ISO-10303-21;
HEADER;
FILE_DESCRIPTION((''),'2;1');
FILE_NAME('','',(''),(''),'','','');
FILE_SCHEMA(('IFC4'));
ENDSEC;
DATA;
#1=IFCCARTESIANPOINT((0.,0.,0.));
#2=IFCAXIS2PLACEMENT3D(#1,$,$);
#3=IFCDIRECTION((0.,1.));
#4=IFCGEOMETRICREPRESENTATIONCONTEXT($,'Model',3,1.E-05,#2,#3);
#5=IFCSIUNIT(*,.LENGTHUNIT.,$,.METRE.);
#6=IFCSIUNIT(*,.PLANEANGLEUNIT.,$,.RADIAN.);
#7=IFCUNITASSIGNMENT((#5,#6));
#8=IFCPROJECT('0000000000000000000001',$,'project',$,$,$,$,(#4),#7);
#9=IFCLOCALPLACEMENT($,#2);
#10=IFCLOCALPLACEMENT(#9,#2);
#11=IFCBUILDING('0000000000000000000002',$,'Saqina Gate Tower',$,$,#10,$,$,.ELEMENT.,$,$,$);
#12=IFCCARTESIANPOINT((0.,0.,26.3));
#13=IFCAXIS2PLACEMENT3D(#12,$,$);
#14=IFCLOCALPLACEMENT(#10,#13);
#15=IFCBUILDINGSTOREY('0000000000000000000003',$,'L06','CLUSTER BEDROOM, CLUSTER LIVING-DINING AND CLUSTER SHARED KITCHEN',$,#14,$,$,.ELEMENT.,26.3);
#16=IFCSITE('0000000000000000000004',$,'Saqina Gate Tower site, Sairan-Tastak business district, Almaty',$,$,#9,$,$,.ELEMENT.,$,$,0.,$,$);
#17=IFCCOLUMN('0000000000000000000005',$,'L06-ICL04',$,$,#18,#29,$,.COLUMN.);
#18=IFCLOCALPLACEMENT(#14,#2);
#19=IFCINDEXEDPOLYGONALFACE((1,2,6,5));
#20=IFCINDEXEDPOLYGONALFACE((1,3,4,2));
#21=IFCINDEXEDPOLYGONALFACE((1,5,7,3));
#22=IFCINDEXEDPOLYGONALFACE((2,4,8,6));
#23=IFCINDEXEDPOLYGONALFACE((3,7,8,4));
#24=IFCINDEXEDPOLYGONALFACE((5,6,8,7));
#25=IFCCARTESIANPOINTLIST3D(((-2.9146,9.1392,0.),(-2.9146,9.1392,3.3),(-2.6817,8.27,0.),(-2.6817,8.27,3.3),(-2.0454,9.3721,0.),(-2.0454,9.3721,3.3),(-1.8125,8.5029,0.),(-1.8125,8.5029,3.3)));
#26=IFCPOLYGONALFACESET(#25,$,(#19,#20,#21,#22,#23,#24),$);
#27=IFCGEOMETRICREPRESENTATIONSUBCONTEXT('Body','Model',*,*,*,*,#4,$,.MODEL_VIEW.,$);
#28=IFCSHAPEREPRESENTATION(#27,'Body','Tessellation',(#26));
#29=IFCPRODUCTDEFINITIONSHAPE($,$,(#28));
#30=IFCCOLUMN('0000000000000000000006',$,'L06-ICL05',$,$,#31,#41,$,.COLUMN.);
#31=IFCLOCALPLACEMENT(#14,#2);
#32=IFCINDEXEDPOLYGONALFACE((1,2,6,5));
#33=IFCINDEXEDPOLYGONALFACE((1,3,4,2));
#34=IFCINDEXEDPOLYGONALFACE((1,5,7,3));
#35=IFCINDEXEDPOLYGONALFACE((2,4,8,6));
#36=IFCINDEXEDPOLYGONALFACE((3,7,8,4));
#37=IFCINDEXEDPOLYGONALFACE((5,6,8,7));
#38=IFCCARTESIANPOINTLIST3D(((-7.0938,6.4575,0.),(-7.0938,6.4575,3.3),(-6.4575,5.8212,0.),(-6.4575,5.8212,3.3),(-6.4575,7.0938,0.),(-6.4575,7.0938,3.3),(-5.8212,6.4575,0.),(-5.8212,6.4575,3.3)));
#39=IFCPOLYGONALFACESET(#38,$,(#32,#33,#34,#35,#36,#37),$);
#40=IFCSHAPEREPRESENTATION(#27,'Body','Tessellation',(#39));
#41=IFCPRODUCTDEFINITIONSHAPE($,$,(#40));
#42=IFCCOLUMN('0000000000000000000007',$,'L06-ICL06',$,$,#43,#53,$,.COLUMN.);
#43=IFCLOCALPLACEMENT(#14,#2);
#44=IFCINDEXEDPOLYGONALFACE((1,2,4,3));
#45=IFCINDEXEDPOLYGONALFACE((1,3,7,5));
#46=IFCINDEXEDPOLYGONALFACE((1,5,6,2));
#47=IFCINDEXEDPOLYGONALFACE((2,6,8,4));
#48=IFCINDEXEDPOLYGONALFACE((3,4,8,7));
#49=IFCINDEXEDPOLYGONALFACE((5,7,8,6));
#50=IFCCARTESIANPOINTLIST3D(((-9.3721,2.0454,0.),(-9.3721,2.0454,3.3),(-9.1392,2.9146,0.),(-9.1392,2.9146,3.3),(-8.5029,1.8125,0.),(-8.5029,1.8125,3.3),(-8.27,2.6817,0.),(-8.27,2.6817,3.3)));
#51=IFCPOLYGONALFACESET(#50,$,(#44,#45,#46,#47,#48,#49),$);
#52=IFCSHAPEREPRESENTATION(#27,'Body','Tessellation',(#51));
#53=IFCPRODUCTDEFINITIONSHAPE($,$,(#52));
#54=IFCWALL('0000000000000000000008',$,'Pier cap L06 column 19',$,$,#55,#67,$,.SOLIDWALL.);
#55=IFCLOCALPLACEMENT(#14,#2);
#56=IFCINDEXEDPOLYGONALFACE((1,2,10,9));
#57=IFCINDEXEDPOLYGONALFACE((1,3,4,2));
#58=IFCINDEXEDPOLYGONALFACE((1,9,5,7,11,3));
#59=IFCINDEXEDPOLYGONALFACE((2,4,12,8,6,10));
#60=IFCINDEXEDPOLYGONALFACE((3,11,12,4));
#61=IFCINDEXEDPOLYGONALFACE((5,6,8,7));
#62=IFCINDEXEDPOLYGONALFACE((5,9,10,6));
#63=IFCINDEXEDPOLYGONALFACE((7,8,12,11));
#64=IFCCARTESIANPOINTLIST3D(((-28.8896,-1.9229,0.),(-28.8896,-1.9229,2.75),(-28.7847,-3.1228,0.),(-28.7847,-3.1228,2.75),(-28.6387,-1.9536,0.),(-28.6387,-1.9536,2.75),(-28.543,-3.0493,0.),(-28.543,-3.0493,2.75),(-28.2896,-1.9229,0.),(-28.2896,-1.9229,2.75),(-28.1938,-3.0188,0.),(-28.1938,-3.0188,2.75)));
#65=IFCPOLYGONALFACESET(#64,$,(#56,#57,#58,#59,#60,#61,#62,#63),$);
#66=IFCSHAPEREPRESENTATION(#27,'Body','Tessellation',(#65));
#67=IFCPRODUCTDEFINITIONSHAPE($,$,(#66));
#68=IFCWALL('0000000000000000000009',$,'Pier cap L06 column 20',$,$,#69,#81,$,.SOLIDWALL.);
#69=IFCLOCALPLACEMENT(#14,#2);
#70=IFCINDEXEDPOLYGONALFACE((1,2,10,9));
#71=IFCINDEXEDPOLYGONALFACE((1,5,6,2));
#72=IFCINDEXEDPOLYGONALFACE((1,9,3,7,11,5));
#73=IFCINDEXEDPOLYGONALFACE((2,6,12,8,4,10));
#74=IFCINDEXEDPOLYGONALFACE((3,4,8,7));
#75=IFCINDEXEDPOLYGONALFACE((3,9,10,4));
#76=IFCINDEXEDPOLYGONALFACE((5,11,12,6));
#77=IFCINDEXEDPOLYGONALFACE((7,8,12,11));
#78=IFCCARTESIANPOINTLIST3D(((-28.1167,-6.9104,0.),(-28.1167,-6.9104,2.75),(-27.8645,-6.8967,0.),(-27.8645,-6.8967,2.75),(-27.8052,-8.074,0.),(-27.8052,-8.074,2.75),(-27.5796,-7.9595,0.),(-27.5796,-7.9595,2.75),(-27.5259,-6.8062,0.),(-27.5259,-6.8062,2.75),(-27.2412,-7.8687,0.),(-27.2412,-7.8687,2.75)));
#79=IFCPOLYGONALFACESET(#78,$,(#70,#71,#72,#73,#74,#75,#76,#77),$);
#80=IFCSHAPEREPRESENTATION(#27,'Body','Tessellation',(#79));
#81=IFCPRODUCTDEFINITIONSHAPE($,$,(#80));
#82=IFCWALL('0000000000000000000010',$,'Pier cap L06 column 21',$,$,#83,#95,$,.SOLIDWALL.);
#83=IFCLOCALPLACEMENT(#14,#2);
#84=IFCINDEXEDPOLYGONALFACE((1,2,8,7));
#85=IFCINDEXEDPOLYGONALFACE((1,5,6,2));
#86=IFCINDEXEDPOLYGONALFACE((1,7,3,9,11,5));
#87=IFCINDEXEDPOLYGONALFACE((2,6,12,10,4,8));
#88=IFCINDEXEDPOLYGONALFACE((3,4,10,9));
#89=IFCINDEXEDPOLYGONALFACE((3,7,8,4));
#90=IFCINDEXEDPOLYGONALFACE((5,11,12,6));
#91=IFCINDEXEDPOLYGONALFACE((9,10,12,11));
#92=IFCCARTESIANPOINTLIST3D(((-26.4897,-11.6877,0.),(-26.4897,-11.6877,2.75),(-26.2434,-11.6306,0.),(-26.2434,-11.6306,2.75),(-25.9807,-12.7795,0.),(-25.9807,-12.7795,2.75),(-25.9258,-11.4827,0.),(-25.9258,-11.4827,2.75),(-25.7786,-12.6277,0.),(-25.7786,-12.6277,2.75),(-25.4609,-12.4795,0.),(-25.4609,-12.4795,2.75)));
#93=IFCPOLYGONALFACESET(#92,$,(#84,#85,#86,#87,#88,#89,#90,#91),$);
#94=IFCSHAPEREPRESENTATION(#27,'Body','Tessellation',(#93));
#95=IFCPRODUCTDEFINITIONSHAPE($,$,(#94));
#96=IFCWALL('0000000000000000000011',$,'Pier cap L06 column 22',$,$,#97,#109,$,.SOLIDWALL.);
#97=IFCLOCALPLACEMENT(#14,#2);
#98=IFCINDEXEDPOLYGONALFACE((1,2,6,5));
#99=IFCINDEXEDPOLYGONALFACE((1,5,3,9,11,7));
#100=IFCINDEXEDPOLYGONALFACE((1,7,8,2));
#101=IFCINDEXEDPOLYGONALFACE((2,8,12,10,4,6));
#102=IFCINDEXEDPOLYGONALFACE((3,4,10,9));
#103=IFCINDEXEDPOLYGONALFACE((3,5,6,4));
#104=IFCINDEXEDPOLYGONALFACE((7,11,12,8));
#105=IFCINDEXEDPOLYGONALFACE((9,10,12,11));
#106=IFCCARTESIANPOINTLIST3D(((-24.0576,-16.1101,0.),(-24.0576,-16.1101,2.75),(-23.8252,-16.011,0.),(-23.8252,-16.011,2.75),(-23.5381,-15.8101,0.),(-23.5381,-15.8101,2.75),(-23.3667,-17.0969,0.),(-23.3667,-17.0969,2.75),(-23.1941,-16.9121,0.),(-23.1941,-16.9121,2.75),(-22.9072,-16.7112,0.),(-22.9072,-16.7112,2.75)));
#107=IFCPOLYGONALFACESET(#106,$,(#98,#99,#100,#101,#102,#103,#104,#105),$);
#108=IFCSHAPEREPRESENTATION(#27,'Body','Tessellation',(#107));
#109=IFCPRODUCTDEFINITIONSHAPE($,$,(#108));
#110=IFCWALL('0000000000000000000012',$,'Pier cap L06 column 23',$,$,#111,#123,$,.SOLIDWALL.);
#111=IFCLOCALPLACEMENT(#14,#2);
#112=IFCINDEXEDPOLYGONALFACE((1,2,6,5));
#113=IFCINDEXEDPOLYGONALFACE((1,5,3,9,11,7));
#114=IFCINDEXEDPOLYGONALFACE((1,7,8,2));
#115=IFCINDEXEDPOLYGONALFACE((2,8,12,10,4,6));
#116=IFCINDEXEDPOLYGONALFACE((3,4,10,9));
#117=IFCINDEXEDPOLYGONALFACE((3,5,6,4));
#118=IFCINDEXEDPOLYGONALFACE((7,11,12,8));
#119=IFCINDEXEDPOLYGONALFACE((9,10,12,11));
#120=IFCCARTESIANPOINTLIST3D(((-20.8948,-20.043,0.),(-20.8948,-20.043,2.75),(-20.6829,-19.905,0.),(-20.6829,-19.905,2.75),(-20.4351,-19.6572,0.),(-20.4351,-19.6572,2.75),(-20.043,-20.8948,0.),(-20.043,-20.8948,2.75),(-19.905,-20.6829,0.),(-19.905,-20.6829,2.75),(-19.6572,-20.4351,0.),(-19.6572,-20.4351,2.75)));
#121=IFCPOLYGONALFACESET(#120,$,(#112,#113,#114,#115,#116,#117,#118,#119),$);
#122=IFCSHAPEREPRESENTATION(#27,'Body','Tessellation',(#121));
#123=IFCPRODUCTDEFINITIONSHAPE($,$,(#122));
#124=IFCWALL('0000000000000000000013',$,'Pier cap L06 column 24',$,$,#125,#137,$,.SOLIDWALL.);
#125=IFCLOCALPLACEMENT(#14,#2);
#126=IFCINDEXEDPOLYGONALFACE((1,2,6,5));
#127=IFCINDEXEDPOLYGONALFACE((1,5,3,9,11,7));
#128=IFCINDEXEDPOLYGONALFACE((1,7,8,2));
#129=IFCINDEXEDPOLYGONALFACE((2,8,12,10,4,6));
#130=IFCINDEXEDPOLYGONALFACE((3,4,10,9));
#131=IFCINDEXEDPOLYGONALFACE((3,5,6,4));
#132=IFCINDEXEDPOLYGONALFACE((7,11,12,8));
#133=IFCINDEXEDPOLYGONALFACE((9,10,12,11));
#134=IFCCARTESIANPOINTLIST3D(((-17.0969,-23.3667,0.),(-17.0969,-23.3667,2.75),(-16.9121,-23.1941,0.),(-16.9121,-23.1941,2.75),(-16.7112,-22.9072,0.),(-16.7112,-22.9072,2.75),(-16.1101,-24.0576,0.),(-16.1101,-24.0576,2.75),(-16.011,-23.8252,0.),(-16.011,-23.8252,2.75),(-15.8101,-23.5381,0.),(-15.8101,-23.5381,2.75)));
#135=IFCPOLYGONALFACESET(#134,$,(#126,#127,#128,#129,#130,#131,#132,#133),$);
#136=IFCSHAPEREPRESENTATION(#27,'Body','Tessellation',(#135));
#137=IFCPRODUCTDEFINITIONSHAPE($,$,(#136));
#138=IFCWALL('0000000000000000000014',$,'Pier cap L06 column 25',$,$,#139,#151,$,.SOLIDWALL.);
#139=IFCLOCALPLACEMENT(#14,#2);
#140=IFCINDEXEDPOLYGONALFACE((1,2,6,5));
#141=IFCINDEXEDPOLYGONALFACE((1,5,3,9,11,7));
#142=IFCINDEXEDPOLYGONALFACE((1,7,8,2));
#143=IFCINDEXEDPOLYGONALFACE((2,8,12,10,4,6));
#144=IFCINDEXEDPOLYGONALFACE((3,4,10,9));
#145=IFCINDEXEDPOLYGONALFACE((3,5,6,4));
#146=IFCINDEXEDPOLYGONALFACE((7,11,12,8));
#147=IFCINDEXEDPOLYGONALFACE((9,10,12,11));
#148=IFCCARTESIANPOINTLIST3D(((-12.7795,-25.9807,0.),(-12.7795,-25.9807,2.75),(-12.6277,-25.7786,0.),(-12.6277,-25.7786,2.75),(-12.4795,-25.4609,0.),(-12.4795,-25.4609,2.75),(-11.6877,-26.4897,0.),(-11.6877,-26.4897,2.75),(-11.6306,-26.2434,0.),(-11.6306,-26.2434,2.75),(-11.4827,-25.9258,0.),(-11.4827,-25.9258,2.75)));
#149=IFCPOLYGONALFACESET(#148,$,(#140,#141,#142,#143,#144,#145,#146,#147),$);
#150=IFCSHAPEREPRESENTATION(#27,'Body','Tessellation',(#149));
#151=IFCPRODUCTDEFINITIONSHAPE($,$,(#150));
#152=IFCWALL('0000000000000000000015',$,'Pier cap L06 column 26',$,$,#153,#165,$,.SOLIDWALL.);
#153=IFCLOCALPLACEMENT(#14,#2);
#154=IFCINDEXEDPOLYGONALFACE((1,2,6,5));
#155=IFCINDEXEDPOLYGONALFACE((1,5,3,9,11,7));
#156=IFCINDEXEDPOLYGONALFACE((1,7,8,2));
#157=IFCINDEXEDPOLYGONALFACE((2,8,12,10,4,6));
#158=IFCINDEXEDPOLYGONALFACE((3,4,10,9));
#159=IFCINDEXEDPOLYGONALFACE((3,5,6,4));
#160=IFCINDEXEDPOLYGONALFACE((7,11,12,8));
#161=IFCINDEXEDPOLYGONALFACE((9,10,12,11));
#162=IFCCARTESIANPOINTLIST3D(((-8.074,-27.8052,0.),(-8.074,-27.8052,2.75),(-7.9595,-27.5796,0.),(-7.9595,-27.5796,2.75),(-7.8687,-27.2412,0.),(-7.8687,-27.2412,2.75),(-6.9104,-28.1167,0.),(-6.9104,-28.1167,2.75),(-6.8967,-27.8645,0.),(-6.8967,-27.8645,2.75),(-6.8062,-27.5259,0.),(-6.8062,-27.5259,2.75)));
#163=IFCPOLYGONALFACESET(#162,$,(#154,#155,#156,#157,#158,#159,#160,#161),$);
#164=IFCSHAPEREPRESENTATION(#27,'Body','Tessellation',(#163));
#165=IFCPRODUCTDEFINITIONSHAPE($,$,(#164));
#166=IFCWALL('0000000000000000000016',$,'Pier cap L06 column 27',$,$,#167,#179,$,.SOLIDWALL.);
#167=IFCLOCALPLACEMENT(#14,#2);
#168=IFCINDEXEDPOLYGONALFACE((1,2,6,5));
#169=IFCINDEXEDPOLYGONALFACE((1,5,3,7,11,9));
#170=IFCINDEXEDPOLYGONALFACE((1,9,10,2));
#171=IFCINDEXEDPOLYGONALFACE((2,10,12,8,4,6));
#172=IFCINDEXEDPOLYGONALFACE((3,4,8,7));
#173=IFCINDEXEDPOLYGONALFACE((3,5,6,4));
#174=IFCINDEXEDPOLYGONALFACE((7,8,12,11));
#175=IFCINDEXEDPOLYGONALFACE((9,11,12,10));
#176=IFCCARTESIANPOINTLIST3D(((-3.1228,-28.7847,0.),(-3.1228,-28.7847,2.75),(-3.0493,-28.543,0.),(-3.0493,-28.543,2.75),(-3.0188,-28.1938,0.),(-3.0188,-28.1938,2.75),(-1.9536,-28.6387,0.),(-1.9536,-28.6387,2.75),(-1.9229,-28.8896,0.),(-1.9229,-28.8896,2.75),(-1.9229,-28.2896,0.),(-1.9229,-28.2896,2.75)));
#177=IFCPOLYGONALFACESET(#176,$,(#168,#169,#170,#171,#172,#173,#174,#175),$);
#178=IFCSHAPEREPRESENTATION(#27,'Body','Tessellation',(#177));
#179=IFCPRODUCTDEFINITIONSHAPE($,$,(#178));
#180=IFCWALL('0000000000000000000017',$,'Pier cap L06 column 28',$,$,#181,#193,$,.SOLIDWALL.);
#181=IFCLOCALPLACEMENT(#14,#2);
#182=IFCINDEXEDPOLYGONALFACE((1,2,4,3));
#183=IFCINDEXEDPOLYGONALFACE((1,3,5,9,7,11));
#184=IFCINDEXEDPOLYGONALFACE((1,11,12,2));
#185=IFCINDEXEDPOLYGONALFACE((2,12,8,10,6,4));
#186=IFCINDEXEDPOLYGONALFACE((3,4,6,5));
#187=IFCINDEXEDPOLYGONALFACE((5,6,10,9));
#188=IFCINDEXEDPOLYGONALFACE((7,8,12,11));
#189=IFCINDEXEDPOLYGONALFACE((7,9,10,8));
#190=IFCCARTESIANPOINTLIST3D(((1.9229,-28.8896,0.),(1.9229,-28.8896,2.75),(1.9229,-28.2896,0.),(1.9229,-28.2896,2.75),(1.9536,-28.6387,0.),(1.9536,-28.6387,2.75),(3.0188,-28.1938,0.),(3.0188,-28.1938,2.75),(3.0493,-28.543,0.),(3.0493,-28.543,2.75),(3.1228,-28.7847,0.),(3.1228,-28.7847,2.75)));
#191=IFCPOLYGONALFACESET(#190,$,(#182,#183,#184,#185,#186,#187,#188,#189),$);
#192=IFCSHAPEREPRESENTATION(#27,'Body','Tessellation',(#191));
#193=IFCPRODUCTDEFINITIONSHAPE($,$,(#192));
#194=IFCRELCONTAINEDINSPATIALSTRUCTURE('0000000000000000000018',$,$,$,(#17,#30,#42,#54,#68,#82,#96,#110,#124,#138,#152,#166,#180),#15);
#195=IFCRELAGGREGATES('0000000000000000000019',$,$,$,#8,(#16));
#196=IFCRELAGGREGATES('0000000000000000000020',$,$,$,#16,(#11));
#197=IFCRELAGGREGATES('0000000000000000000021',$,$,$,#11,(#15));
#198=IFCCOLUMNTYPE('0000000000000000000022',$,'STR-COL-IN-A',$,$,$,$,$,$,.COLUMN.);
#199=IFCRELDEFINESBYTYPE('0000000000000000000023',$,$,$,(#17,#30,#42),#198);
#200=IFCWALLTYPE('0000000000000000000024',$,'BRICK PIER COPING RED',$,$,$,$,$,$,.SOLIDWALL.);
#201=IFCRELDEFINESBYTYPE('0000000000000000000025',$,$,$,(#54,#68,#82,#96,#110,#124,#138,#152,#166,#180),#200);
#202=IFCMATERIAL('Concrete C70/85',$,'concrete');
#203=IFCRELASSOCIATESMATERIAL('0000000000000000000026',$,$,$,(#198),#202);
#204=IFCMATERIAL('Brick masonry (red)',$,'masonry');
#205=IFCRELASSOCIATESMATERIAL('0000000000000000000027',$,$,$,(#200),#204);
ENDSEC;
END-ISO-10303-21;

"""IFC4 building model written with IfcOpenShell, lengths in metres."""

from ifc_helpers import new_model, si_unit, direction, frame, origin, origin_2d, place, context, subcontext, project, spatial, polyline, rectangle, outline, extrude, material, material_profile, profile_set, type_object, element, save


model = new_model("IFC4")

# Units and contexts
model_context = context("Model", 3, precision=1e-05, world=origin(), true_north=direction((0.0, 1.0)))
body_context = subcontext(model_context, "Body", "Model", "MODEL_VIEW")
ifc_project = project(units=[si_unit("LENGTHUNIT", "METRE"), si_unit("PLANEANGLEUNIT", "RADIAN")], contexts=[model_context])

# Site, building, storey
site_placement = place(None, origin())
site = spatial("IfcSite", under=ifc_project, at=site_placement, Name="Saqina Gate Tower site, Sairan-Tastak business district, Almaty", CompositionType="ELEMENT", RefElevation=0.0)
building_placement = place(site_placement, origin())
building = spatial("IfcBuilding", under=site, at=building_placement, Name="Saqina Gate Tower", CompositionType="ELEMENT")
storey_placement = place(building_placement, frame((0.0, 0.0, 26.3)))
storey = spatial("IfcBuildingStorey", under=building, at=storey_placement, Name="L06", Description="CLUSTER BEDROOM, CLUSTER LIVING-DINING AND CLUSTER SHARED KITCHEN", CompositionType="ELEMENT", Elevation=26.3)

# Columns
ifc_material_1 = material(Name="Concrete C70/85", Category="concrete")
ifc_material_profile = material_profile(ifc_material_1, rectangle(XDim=0.8999, YDim=0.8999, at=origin_2d()), Name="RC 900x900")
ifc_profile_set = profile_set([ifc_material_profile], Name="Concrete C70/85")
column_type = type_object("IfcColumnType", Name="STR-COL-IN-A", PredefinedType="COLUMN", material=ifc_profile_set)
for number, where, z_axis, x_axis, name in (
    (1, (-2.3635, 8.821, 0.0), (0.0, 0.0, 1.0), (-0.258819, 0.965926, 0.0), "L06-ICL04"),
    (2, (-6.4575, 6.4575, 0.0), (0.0, 0.0, 1.0), (-0.707107, 0.707107, 0.0), "L06-ICL05"),
    (3, (-8.821, 2.3635, 0.0), (0.0, 0.0, 1.0), (-0.965926, 0.258819, 0.0), "L06-ICL06"),
):
    element("IfcColumn", number, at=place(storey_placement, frame(where, z_axis=z_axis, x_axis=x_axis)), inside=storey, type_object=column_type, Name=name, PredefinedType="COLUMN", context=body_context, shape_type="SweptSolid", body=[
        extrude(rectangle(XDim=0.8999, YDim=0.8999, at=origin_2d()), origin(), (0.0, 0.0, 1.0), 3.3),
    ])

# Walls
ifc_material_2 = material(Name="Brick masonry (red)", Category="masonry")
wall_type_1 = type_object("IfcWallType", Name="BRICK PIER COPING RED", PredefinedType="SOLIDWALL", material=ifc_material_2)
wall_1_placement = place(storey_placement, origin())
element("IfcWall", 4, at=wall_1_placement, inside=storey, type_object=wall_type_1, Name="Pier cap L06 column 19", PredefinedType="SOLIDWALL", context=body_context, shape_type="SweptSolid", body=[
    extrude(outline(polyline([(-28.8896, -1.9229), (-28.7847, -3.1228), (-28.1938, -3.0188), (-28.543, -3.0493), (-28.6387, -1.9536), (-28.2896, -1.9229), (-28.8896, -1.9229)])), origin(), (0.0, 0.0, 1.0), 2.75),
])
wall_2_placement = place(storey_placement, origin())
element("IfcWall", 5, at=wall_2_placement, inside=storey, type_object=wall_type_1, Name="Pier cap L06 column 20", PredefinedType="SOLIDWALL", context=body_context, shape_type="SweptSolid", body=[
    extrude(outline(polyline([(-28.1167, -6.9104), (-27.8052, -8.074), (-27.2412, -7.8687), (-27.5796, -7.9595), (-27.8645, -6.8967), (-27.5259, -6.8062), (-28.1167, -6.9104)])), origin(), (0.0, 0.0, 1.0), 2.75),
])
wall_3_placement = place(storey_placement, origin())
element("IfcWall", 6, at=wall_3_placement, inside=storey, type_object=wall_type_1, Name="Pier cap L06 column 21", PredefinedType="SOLIDWALL", context=body_context, shape_type="SweptSolid", body=[
    extrude(outline(polyline([(-25.9807, -12.7795), (-25.4609, -12.4795), (-25.7786, -12.6277), (-26.2434, -11.6306), (-25.9258, -11.4827), (-26.4897, -11.6877), (-25.9807, -12.7795)])), origin(), (0.0, 0.0, 1.0), 2.75),
])
wall_4_placement = place(storey_placement, origin())
element("IfcWall", 7, at=wall_4_placement, inside=storey, type_object=wall_type_1, Name="Pier cap L06 column 22", PredefinedType="SOLIDWALL", context=body_context, shape_type="SweptSolid", body=[
    extrude(outline(polyline([(-24.0576, -16.1101), (-23.3667, -17.0969), (-22.9072, -16.7112), (-23.1941, -16.9121), (-23.8252, -16.011), (-23.5381, -15.8101), (-24.0576, -16.1101)])), origin(), (0.0, 0.0, 1.0), 2.75),
])
wall_5_placement = place(storey_placement, origin())
element("IfcWall", 8, at=wall_5_placement, inside=storey, type_object=wall_type_1, Name="Pier cap L06 column 23", PredefinedType="SOLIDWALL", context=body_context, shape_type="SweptSolid", body=[
    extrude(outline(polyline([(-20.043, -20.8948), (-19.6572, -20.4351), (-19.905, -20.6829), (-20.6829, -19.905), (-20.4351, -19.6572), (-20.8948, -20.043), (-20.043, -20.8948)])), origin(), (0.0, 0.0, 1.0), 2.75),
])
wall_6_placement = place(storey_placement, origin())
element("IfcWall", 9, at=wall_6_placement, inside=storey, type_object=wall_type_1, Name="Pier cap L06 column 24", PredefinedType="SOLIDWALL", context=body_context, shape_type="SweptSolid", body=[
    extrude(outline(polyline([(-17.0969, -23.3667), (-16.1101, -24.0576), (-15.8101, -23.5381), (-16.011, -23.8252), (-16.9121, -23.1941), (-16.7112, -22.9072), (-17.0969, -23.3667)])), origin(), (0.0, 0.0, 1.0), 2.75),
])
wall_7_placement = place(storey_placement, origin())
element("IfcWall", 10, at=wall_7_placement, inside=storey, type_object=wall_type_1, Name="Pier cap L06 column 25", PredefinedType="SOLIDWALL", context=body_context, shape_type="SweptSolid", body=[
    extrude(outline(polyline([(-11.6877, -26.4897), (-11.4827, -25.9258), (-11.6306, -26.2434), (-12.6277, -25.7786), (-12.4795, -25.4609), (-12.7795, -25.9807), (-11.6877, -26.4897)])), origin(), (0.0, 0.0, 1.0), 2.75),
])
wall_8_placement = place(storey_placement, origin())
element("IfcWall", 11, at=wall_8_placement, inside=storey, type_object=wall_type_1, Name="Pier cap L06 column 26", PredefinedType="SOLIDWALL", context=body_context, shape_type="SweptSolid", body=[
    extrude(outline(polyline([(-6.9104, -28.1167), (-6.8062, -27.5259), (-6.8967, -27.8645), (-7.9595, -27.5796), (-7.8687, -27.2412), (-8.074, -27.8052), (-6.9104, -28.1167)])), origin(), (0.0, 0.0, 1.0), 2.75),
])
wall_9_placement = place(storey_placement, origin())
element("IfcWall", 12, at=wall_9_placement, inside=storey, type_object=wall_type_1, Name="Pier cap L06 column 27", PredefinedType="SOLIDWALL", context=body_context, shape_type="SweptSolid", body=[
    extrude(outline(polyline([(-3.1228, -28.7847), (-1.9229, -28.8896), (-1.9229, -28.2896), (-1.9536, -28.6387), (-3.0493, -28.543), (-3.0188, -28.1938), (-3.1228, -28.7847)])), origin(), (0.0, 0.0, 1.0), 2.75),
])
wall_10_placement = place(storey_placement, origin())
element("IfcWall", 13, at=wall_10_placement, inside=storey, type_object=wall_type_1, Name="Pier cap L06 column 28", PredefinedType="SOLIDWALL", context=body_context, shape_type="SweptSolid", body=[
    extrude(outline(polyline([(1.9229, -28.8896), (3.1228, -28.7847), (3.0188, -28.1938), (3.0493, -28.543), (1.9536, -28.6387), (1.9229, -28.2896), (1.9229, -28.8896)])), origin(), (0.0, 0.0, 1.0), 2.75),
])

save(model, "model.ifc")
